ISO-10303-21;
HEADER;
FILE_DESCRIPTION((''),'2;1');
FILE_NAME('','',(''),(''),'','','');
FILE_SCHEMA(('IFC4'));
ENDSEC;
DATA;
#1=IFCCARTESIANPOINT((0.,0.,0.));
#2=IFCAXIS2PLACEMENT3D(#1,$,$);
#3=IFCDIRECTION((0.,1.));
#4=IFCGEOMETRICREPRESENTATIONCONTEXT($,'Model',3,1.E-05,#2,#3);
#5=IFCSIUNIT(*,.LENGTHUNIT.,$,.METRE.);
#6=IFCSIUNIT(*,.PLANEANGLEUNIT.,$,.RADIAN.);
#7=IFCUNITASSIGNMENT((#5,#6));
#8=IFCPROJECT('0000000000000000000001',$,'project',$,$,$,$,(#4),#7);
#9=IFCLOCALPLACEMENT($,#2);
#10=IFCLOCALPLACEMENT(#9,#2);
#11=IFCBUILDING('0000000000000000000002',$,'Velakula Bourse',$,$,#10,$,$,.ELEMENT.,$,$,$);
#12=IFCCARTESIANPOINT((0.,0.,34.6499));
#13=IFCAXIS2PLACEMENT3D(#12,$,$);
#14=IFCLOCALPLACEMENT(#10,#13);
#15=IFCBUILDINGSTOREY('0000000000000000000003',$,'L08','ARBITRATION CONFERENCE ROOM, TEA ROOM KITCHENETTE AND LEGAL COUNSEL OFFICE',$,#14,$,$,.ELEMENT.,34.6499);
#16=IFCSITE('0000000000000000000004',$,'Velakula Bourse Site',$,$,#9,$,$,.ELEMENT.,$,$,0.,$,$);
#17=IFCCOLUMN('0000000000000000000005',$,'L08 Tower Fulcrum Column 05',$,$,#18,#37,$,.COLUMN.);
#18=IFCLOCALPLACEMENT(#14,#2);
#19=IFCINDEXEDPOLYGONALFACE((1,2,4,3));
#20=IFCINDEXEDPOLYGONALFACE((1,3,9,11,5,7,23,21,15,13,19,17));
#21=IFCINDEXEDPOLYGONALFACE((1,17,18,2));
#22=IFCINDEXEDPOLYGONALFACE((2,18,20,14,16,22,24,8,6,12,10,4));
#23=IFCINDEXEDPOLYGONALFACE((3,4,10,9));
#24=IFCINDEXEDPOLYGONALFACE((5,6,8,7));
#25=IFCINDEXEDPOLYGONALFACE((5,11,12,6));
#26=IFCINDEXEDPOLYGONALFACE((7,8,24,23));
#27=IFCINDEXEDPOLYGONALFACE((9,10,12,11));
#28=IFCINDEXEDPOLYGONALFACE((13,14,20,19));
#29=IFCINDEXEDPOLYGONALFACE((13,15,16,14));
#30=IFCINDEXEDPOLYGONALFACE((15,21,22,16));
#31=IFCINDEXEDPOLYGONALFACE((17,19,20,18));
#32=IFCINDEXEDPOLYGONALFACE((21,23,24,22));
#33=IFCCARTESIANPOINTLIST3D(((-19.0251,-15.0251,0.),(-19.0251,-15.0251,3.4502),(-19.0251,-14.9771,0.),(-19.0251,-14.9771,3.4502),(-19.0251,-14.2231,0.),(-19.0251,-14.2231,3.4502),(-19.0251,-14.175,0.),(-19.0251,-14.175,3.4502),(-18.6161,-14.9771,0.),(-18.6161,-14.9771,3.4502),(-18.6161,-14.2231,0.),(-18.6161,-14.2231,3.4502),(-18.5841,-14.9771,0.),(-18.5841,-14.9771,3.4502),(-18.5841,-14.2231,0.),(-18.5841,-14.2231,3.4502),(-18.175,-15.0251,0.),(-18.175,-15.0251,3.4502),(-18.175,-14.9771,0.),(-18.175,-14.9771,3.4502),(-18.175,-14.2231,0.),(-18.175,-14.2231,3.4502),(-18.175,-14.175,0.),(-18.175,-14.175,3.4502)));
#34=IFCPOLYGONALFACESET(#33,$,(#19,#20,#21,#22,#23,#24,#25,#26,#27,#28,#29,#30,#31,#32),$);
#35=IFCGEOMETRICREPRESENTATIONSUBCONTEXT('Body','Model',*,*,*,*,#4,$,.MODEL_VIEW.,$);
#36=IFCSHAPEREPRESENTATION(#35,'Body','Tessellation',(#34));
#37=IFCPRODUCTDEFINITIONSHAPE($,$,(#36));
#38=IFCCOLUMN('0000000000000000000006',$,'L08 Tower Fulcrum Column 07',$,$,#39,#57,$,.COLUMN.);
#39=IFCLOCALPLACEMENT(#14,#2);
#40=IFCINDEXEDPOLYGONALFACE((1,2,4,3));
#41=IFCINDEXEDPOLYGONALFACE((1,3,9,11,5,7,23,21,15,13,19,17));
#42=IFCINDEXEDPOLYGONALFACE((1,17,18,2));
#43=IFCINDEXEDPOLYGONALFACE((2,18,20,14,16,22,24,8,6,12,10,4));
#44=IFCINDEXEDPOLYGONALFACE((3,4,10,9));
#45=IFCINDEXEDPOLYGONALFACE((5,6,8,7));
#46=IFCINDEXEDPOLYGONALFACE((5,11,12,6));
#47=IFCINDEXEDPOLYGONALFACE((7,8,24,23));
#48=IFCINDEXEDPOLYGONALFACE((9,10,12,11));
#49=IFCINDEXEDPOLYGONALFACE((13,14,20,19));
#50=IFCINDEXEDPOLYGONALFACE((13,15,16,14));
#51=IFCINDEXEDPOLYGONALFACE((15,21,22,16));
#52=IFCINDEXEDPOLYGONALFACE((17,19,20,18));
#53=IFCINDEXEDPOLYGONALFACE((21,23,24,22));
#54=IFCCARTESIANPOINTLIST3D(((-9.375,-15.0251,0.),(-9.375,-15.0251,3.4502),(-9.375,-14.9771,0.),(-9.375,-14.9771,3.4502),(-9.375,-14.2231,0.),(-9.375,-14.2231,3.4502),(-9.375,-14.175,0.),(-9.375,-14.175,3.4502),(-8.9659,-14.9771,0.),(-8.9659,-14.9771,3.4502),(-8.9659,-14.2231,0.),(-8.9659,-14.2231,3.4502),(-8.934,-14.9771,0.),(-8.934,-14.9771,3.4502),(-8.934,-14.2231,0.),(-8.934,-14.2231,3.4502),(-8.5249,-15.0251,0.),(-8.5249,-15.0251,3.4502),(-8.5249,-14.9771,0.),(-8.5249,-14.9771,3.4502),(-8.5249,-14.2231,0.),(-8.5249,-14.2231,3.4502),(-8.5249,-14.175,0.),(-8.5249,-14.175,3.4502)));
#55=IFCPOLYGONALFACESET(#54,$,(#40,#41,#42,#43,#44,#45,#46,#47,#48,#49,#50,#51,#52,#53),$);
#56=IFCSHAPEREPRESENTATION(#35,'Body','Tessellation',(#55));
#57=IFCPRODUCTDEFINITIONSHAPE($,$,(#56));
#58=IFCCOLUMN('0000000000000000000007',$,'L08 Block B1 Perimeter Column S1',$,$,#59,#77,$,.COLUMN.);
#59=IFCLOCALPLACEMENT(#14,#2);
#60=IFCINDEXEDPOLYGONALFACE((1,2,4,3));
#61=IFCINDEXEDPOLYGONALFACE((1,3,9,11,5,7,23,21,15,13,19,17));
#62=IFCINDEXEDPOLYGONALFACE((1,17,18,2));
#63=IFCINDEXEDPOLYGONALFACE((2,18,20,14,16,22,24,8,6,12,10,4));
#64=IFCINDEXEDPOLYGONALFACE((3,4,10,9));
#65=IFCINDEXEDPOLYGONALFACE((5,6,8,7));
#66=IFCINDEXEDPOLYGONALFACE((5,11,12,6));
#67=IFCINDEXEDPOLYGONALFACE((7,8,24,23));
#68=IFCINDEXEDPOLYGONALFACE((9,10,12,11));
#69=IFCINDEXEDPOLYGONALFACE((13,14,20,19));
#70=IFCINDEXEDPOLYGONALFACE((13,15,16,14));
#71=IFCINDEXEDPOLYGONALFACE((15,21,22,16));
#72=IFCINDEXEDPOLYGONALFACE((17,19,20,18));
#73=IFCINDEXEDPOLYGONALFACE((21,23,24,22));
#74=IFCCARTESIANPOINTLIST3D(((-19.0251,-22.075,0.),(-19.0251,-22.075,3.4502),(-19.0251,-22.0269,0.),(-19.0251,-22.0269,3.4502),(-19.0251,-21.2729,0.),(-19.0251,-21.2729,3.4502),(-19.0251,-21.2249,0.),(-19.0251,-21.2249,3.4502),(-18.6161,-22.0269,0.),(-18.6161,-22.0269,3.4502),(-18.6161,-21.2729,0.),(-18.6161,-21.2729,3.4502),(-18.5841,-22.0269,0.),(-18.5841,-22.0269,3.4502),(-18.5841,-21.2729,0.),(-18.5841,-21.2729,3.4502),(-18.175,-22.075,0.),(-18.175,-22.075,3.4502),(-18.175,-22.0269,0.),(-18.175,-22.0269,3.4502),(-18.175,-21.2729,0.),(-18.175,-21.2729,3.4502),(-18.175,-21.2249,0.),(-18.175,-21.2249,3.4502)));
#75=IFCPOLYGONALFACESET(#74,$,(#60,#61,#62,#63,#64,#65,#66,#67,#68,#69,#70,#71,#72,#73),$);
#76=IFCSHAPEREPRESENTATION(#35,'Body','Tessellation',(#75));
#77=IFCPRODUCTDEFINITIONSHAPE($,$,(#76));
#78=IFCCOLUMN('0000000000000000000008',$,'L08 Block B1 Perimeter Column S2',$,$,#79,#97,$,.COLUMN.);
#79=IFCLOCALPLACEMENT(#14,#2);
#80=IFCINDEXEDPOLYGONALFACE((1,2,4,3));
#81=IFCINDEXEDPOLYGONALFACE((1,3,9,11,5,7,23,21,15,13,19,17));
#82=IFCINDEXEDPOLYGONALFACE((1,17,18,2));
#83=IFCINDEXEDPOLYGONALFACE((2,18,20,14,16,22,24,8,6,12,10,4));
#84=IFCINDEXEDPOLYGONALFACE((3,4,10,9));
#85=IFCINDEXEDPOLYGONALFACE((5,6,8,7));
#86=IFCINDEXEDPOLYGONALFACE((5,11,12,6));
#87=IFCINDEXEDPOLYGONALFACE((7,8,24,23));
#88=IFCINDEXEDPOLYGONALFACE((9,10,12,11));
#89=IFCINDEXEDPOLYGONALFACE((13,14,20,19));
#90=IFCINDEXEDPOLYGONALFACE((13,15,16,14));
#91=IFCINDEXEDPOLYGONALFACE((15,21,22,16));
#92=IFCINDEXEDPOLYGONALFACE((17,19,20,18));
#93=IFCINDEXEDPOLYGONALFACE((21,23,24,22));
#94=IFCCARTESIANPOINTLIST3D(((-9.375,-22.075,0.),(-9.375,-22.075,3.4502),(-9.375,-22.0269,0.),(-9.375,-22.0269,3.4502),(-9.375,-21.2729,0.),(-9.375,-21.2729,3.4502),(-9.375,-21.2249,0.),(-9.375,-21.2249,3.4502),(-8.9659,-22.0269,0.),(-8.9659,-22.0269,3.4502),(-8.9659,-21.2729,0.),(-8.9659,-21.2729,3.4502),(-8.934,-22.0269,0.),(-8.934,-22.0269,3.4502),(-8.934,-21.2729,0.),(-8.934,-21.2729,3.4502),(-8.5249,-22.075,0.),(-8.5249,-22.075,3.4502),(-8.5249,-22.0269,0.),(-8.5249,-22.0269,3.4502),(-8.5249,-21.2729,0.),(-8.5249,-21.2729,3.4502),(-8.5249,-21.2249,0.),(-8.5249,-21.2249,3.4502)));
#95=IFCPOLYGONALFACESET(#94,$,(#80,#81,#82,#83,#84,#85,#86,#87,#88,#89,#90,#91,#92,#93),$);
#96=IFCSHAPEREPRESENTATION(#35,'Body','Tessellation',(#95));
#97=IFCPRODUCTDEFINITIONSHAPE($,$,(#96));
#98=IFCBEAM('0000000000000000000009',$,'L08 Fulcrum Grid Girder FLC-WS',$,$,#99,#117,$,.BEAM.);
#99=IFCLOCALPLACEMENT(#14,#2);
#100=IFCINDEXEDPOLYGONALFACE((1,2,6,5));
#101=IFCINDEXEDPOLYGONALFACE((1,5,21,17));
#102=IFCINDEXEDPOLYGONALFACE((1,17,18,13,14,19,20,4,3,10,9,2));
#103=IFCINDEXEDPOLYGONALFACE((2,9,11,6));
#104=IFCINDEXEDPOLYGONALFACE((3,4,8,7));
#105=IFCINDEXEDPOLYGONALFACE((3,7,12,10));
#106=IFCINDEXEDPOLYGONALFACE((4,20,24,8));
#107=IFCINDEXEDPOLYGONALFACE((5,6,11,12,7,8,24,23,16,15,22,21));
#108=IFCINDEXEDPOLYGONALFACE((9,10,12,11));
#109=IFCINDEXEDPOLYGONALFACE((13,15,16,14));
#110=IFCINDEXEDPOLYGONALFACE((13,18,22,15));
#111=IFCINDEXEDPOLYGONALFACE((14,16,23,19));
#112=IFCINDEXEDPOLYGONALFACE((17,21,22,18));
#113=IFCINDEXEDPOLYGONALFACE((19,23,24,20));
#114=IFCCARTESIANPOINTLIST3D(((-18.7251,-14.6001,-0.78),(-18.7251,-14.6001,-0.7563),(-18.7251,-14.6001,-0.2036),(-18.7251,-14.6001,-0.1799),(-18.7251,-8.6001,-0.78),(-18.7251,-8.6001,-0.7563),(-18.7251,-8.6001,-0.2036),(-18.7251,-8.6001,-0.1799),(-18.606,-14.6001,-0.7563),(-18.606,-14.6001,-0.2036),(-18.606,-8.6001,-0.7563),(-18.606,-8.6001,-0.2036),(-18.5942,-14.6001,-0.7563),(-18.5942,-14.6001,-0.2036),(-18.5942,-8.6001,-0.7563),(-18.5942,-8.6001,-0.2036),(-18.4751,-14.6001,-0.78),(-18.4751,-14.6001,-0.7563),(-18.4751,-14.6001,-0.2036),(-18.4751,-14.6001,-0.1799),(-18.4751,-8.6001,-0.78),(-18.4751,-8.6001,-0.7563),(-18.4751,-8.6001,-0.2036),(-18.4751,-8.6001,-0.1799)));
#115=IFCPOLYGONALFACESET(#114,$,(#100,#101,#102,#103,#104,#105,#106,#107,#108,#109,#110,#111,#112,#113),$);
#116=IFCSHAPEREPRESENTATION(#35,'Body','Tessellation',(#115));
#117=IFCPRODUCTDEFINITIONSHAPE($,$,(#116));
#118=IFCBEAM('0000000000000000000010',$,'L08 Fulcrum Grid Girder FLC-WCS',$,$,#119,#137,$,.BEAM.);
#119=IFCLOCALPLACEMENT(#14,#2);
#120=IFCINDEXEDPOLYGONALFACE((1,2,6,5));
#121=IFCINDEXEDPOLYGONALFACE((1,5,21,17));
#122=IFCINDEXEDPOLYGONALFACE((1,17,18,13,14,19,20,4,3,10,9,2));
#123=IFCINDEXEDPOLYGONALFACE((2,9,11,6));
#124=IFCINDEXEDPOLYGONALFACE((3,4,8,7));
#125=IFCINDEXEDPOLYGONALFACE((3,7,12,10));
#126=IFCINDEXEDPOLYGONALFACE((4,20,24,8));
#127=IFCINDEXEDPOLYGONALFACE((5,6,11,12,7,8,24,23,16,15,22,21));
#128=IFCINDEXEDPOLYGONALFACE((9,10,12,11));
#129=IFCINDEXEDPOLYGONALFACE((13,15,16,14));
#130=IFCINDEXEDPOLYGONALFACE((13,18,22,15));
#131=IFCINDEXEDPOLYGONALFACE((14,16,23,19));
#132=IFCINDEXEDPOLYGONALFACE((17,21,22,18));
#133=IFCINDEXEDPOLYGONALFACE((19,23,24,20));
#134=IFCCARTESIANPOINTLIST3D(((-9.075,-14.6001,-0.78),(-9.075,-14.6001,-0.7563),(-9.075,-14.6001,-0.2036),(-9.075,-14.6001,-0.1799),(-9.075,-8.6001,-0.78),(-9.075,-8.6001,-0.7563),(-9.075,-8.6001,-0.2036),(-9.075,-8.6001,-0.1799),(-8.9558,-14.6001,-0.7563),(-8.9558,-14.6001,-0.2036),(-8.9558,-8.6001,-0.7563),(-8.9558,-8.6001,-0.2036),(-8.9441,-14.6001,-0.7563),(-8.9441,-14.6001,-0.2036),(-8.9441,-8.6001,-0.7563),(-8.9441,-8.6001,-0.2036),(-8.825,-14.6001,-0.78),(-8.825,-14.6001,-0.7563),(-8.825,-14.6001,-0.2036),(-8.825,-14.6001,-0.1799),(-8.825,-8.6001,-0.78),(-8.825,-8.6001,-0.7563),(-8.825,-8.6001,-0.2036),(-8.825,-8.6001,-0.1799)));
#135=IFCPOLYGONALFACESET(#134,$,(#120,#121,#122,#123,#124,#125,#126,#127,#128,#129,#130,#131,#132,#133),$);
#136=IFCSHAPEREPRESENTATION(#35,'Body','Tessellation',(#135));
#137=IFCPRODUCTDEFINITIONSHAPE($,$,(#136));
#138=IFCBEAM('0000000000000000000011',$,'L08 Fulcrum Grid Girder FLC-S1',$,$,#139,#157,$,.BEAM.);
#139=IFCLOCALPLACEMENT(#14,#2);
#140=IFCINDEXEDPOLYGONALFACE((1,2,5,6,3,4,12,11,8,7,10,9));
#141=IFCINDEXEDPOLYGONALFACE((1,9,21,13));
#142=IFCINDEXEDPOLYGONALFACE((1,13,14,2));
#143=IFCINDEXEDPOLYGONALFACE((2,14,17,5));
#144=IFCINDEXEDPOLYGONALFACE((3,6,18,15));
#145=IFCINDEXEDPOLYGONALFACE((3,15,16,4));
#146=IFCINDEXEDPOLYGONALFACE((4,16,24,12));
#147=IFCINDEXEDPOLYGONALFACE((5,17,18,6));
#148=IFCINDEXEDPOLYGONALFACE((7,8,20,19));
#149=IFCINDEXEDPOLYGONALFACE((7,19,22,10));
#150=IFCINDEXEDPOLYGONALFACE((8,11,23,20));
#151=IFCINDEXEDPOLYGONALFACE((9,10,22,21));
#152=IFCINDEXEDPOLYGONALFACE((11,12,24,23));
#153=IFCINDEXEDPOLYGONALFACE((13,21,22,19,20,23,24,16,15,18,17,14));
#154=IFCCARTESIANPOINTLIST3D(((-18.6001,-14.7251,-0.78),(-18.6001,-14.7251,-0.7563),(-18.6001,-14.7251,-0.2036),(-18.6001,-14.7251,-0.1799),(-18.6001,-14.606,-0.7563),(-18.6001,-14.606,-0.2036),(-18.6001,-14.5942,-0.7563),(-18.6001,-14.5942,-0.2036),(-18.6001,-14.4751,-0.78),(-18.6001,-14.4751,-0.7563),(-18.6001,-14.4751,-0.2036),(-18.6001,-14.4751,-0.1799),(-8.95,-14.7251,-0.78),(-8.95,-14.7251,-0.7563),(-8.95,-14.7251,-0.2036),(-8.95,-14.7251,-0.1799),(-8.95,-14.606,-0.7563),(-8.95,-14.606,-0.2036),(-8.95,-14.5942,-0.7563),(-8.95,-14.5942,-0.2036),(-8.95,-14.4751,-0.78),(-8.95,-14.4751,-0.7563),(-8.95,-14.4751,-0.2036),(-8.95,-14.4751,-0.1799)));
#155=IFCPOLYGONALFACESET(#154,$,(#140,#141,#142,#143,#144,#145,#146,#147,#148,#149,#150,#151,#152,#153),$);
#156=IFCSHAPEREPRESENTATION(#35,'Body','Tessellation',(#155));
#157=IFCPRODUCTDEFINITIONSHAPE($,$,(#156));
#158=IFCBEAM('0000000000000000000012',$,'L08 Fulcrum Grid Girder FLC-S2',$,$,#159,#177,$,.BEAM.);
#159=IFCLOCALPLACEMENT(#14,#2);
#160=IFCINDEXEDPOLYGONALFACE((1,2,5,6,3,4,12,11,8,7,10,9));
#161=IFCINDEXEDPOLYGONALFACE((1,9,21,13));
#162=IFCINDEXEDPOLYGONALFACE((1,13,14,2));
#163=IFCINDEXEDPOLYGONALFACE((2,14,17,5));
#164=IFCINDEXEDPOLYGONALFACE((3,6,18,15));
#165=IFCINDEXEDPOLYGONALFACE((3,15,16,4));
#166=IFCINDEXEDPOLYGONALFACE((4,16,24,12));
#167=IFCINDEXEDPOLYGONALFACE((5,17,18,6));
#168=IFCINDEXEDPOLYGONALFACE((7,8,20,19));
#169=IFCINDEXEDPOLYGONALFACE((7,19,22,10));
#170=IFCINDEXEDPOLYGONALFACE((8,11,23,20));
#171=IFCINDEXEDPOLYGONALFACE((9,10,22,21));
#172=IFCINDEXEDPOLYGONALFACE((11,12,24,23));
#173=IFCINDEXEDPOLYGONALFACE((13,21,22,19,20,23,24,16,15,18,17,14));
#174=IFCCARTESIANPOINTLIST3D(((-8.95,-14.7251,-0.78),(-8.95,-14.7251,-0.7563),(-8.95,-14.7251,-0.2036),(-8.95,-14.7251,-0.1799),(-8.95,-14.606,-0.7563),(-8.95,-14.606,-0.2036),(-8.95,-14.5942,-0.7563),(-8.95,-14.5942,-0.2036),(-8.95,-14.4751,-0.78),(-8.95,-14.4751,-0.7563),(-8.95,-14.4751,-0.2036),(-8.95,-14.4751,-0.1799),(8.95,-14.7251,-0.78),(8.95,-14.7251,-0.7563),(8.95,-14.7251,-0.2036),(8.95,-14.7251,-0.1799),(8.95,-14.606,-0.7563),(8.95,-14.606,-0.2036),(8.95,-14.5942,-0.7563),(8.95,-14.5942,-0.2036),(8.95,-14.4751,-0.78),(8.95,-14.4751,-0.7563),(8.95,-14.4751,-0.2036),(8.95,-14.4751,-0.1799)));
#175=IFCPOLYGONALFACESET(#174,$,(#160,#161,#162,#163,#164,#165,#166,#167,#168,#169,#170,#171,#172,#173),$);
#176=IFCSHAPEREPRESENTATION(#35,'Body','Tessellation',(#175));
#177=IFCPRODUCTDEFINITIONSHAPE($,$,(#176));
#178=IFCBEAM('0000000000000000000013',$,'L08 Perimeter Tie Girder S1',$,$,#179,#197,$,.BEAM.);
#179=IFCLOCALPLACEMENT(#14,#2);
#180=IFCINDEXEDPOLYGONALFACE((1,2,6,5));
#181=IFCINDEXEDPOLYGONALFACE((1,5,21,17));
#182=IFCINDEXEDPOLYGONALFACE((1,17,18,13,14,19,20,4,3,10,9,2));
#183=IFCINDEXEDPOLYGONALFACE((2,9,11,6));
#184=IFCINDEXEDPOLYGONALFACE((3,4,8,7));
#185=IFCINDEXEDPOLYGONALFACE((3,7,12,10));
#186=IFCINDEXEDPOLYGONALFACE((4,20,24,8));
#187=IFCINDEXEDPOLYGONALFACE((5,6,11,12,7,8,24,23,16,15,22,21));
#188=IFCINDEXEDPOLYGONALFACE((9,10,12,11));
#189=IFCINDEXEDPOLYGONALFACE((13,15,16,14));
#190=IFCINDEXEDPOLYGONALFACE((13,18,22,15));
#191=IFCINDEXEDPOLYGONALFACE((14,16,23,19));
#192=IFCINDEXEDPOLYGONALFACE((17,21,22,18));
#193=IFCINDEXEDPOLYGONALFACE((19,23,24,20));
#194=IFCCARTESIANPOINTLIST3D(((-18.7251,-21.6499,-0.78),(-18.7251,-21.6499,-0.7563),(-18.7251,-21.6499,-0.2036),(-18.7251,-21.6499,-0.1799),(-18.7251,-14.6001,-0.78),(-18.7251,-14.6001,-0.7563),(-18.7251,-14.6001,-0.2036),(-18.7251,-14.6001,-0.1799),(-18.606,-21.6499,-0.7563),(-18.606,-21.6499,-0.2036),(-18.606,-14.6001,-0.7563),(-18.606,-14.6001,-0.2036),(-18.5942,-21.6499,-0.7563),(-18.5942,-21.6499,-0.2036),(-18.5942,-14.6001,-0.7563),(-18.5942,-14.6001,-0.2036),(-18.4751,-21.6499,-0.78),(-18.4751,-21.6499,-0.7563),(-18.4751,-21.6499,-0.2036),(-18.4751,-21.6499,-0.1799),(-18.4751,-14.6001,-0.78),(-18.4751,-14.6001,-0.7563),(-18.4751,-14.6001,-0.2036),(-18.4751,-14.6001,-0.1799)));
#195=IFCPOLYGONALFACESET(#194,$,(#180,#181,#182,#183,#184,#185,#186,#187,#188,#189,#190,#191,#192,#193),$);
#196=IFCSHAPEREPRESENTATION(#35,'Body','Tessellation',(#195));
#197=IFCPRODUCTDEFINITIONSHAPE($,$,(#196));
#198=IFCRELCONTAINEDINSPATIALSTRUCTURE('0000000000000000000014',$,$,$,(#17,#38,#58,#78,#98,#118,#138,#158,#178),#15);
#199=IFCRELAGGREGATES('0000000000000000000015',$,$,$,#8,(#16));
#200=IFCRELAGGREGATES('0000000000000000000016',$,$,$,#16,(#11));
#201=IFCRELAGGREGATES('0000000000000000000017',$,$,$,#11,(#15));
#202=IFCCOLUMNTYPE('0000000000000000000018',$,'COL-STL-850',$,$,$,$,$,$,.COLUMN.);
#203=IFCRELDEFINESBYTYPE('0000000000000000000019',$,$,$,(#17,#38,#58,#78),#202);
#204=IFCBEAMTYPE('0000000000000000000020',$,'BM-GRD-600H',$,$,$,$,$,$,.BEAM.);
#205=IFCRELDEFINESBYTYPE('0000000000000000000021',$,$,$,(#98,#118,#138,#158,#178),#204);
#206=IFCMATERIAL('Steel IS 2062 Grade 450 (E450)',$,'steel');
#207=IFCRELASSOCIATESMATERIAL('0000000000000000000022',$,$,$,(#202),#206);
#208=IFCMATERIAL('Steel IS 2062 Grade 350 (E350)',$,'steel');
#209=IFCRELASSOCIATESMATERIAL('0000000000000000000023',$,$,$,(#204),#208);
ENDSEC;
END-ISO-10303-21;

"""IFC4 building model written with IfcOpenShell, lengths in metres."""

from ifc_helpers import new_model, si_unit, direction, frame, origin, origin_2d, place, context, subcontext, project, spatial, i_section, extrude, material, material_profile, profile_set, type_object, element, save


model = new_model("IFC4")

# Units and contexts
model_context = context("Model", 3, precision=1e-05, world=origin(), true_north=direction((0.0, 1.0)))
body_context = subcontext(model_context, "Body", "Model", "MODEL_VIEW")
ifc_project = project(units=[si_unit("LENGTHUNIT", "METRE"), si_unit("PLANEANGLEUNIT", "RADIAN")], contexts=[model_context])

# Site, building, storey
site_placement = place(None, origin())
site = spatial("IfcSite", under=ifc_project, at=site_placement, Name="Velakula Bourse Site", CompositionType="ELEMENT", RefElevation=0.0)
building_placement = place(site_placement, origin())
building = spatial("IfcBuilding", under=site, at=building_placement, Name="Velakula Bourse", CompositionType="ELEMENT")
storey_placement = place(building_placement, frame((0.0, 0.0, 34.6499)))
storey = spatial("IfcBuildingStorey", under=building, at=storey_placement, Name="L08", Description="ARBITRATION CONFERENCE ROOM, TEA ROOM KITCHENETTE AND LEGAL COUNSEL OFFICE", CompositionType="ELEMENT", Elevation=34.6499)

# Columns
ifc_material_1 = material(Name="Steel IS 2062 Grade 450 (E450)", Category="steel")
ifc_material_profile_1 = material_profile(ifc_material_1, i_section(OverallWidth=0.8501, OverallDepth=0.8501, WebThickness=0.032, FlangeThickness=0.0481, at=origin_2d()), Name="Steel IS 2062 Grade 450 (E450)")
ifc_profile_set_1 = profile_set([ifc_material_profile_1], Name="Steel IS 2062 Grade 450 (E450)")
column_type = type_object("IfcColumnType", Name="COL-STL-850", PredefinedType="COLUMN", material=ifc_profile_set_1)
for number, where, z_axis, x_axis, name in (
    (1, (-18.6001, -14.6001, 0.0), (0.0, 0.0, 1.0), (1.0, 0.0, 0.0), "L08 Tower Fulcrum Column 05"),
    (2, (-8.95, -14.6001, 0.0), (0.0, 0.0, 1.0), (1.0, 0.0, 0.0), "L08 Tower Fulcrum Column 07"),
    (3, (-18.6001, -21.6499, 0.0), (0.0, 0.0, 1.0), (1.0, 0.0, 0.0), "L08 Block B1 Perimeter Column S1"),
    (4, (-8.95, -21.6499, 0.0), (0.0, 0.0, 1.0), (1.0, 0.0, 0.0), "L08 Block B1 Perimeter Column S2"),
):
    element("IfcColumn", number, at=place(storey_placement, frame(where, z_axis=z_axis, x_axis=x_axis)), inside=storey, type_object=column_type, Name=name, PredefinedType="COLUMN", context=body_context, shape_type="SweptSolid", body=[
        extrude(i_section(OverallWidth=0.8501, OverallDepth=0.8501, WebThickness=0.032, FlangeThickness=0.0481, at=origin_2d()), origin(), (0.0, 0.0, 1.0), 3.4502),
    ])

# Beams
ifc_material_2 = material(Name="Steel IS 2062 Grade 350 (E350)", Category="steel")
ifc_material_profile_2 = material_profile(ifc_material_2, i_section(OverallWidth=0.25, OverallDepth=0.6001, WebThickness=0.0117, FlangeThickness=0.0237, at=origin_2d()), Name="Steel IS 2062 Grade 350 (E350)")
ifc_profile_set_2 = profile_set([ifc_material_profile_2], Name="Steel IS 2062 Grade 350 (E350)")
beam_type_1 = type_object("IfcBeamType", Name="BM-GRD-600H", PredefinedType="BEAM", material=ifc_profile_set_2)
for number, where, z_axis, x_axis, name in (
    (5, (-18.6001, -14.6001, -0.48), (0.0, 1.0, 0.0), (-1.0, 0.0, 0.0), "L08 Fulcrum Grid Girder FLC-WS"),
    (6, (-8.95, -14.6001, -0.48), (0.0, 1.0, 0.0), (-1.0, 0.0, 0.0), "L08 Fulcrum Grid Girder FLC-WCS"),
):
    element("IfcBeam", number, at=place(storey_placement, frame(where, z_axis=z_axis, x_axis=x_axis)), inside=storey, type_object=beam_type_1, Name=name, PredefinedType="BEAM", context=body_context, shape_type="SweptSolid", body=[
        extrude(i_section(OverallWidth=0.25, OverallDepth=0.6001, WebThickness=0.0117, FlangeThickness=0.0237, at=origin_2d()), origin(), (0.0, 0.0, 1.0), 6.0),
    ])
beam_1_placement = place(storey_placement, frame((-18.6001, -14.6001, -0.48), z_axis=(1.0, 0.0, 0.0), x_axis=(0.0, 1.0, 0.0)))
element("IfcBeam", 7, at=beam_1_placement, inside=storey, type_object=beam_type_1, Name="L08 Fulcrum Grid Girder FLC-S1", PredefinedType="BEAM", context=body_context, shape_type="SweptSolid", body=[
    extrude(i_section(OverallWidth=0.25, OverallDepth=0.6001, WebThickness=0.0117, FlangeThickness=0.0237, at=origin_2d()), origin(), (0.0, 0.0, 1.0), 9.6501),
])
beam_2_placement = place(storey_placement, frame((-8.95, -14.6001, -0.48), z_axis=(1.0, 0.0, 0.0), x_axis=(0.0, 1.0, 0.0)))
element("IfcBeam", 8, at=beam_2_placement, inside=storey, type_object=beam_type_1, Name="L08 Fulcrum Grid Girder FLC-S2", PredefinedType="BEAM", context=body_context, shape_type="SweptSolid", body=[
    extrude(i_section(OverallWidth=0.25, OverallDepth=0.6001, WebThickness=0.0117, FlangeThickness=0.0237, at=origin_2d()), origin(), (0.0, 0.0, 1.0), 17.8999),
])
for number, where, z_axis, x_axis, name in (
    (9, (-18.6001, -14.6001, -0.48), (0.0, -1.0, 0.0), (1.0, 0.0, 0.0), "L08 Perimeter Tie Girder S1"),
):
    element("IfcBeam", number, at=place(storey_placement, frame(where, z_axis=z_axis, x_axis=x_axis)), inside=storey, type_object=beam_type_1, Name=name, PredefinedType="BEAM", context=body_context, shape_type="SweptSolid", body=[
        extrude(i_section(OverallWidth=0.25, OverallDepth=0.6001, WebThickness=0.0117, FlangeThickness=0.0237, at=origin_2d()), origin(), (0.0, 0.0, 1.0), 7.0498),
    ])

save(model, "model.ifc")
